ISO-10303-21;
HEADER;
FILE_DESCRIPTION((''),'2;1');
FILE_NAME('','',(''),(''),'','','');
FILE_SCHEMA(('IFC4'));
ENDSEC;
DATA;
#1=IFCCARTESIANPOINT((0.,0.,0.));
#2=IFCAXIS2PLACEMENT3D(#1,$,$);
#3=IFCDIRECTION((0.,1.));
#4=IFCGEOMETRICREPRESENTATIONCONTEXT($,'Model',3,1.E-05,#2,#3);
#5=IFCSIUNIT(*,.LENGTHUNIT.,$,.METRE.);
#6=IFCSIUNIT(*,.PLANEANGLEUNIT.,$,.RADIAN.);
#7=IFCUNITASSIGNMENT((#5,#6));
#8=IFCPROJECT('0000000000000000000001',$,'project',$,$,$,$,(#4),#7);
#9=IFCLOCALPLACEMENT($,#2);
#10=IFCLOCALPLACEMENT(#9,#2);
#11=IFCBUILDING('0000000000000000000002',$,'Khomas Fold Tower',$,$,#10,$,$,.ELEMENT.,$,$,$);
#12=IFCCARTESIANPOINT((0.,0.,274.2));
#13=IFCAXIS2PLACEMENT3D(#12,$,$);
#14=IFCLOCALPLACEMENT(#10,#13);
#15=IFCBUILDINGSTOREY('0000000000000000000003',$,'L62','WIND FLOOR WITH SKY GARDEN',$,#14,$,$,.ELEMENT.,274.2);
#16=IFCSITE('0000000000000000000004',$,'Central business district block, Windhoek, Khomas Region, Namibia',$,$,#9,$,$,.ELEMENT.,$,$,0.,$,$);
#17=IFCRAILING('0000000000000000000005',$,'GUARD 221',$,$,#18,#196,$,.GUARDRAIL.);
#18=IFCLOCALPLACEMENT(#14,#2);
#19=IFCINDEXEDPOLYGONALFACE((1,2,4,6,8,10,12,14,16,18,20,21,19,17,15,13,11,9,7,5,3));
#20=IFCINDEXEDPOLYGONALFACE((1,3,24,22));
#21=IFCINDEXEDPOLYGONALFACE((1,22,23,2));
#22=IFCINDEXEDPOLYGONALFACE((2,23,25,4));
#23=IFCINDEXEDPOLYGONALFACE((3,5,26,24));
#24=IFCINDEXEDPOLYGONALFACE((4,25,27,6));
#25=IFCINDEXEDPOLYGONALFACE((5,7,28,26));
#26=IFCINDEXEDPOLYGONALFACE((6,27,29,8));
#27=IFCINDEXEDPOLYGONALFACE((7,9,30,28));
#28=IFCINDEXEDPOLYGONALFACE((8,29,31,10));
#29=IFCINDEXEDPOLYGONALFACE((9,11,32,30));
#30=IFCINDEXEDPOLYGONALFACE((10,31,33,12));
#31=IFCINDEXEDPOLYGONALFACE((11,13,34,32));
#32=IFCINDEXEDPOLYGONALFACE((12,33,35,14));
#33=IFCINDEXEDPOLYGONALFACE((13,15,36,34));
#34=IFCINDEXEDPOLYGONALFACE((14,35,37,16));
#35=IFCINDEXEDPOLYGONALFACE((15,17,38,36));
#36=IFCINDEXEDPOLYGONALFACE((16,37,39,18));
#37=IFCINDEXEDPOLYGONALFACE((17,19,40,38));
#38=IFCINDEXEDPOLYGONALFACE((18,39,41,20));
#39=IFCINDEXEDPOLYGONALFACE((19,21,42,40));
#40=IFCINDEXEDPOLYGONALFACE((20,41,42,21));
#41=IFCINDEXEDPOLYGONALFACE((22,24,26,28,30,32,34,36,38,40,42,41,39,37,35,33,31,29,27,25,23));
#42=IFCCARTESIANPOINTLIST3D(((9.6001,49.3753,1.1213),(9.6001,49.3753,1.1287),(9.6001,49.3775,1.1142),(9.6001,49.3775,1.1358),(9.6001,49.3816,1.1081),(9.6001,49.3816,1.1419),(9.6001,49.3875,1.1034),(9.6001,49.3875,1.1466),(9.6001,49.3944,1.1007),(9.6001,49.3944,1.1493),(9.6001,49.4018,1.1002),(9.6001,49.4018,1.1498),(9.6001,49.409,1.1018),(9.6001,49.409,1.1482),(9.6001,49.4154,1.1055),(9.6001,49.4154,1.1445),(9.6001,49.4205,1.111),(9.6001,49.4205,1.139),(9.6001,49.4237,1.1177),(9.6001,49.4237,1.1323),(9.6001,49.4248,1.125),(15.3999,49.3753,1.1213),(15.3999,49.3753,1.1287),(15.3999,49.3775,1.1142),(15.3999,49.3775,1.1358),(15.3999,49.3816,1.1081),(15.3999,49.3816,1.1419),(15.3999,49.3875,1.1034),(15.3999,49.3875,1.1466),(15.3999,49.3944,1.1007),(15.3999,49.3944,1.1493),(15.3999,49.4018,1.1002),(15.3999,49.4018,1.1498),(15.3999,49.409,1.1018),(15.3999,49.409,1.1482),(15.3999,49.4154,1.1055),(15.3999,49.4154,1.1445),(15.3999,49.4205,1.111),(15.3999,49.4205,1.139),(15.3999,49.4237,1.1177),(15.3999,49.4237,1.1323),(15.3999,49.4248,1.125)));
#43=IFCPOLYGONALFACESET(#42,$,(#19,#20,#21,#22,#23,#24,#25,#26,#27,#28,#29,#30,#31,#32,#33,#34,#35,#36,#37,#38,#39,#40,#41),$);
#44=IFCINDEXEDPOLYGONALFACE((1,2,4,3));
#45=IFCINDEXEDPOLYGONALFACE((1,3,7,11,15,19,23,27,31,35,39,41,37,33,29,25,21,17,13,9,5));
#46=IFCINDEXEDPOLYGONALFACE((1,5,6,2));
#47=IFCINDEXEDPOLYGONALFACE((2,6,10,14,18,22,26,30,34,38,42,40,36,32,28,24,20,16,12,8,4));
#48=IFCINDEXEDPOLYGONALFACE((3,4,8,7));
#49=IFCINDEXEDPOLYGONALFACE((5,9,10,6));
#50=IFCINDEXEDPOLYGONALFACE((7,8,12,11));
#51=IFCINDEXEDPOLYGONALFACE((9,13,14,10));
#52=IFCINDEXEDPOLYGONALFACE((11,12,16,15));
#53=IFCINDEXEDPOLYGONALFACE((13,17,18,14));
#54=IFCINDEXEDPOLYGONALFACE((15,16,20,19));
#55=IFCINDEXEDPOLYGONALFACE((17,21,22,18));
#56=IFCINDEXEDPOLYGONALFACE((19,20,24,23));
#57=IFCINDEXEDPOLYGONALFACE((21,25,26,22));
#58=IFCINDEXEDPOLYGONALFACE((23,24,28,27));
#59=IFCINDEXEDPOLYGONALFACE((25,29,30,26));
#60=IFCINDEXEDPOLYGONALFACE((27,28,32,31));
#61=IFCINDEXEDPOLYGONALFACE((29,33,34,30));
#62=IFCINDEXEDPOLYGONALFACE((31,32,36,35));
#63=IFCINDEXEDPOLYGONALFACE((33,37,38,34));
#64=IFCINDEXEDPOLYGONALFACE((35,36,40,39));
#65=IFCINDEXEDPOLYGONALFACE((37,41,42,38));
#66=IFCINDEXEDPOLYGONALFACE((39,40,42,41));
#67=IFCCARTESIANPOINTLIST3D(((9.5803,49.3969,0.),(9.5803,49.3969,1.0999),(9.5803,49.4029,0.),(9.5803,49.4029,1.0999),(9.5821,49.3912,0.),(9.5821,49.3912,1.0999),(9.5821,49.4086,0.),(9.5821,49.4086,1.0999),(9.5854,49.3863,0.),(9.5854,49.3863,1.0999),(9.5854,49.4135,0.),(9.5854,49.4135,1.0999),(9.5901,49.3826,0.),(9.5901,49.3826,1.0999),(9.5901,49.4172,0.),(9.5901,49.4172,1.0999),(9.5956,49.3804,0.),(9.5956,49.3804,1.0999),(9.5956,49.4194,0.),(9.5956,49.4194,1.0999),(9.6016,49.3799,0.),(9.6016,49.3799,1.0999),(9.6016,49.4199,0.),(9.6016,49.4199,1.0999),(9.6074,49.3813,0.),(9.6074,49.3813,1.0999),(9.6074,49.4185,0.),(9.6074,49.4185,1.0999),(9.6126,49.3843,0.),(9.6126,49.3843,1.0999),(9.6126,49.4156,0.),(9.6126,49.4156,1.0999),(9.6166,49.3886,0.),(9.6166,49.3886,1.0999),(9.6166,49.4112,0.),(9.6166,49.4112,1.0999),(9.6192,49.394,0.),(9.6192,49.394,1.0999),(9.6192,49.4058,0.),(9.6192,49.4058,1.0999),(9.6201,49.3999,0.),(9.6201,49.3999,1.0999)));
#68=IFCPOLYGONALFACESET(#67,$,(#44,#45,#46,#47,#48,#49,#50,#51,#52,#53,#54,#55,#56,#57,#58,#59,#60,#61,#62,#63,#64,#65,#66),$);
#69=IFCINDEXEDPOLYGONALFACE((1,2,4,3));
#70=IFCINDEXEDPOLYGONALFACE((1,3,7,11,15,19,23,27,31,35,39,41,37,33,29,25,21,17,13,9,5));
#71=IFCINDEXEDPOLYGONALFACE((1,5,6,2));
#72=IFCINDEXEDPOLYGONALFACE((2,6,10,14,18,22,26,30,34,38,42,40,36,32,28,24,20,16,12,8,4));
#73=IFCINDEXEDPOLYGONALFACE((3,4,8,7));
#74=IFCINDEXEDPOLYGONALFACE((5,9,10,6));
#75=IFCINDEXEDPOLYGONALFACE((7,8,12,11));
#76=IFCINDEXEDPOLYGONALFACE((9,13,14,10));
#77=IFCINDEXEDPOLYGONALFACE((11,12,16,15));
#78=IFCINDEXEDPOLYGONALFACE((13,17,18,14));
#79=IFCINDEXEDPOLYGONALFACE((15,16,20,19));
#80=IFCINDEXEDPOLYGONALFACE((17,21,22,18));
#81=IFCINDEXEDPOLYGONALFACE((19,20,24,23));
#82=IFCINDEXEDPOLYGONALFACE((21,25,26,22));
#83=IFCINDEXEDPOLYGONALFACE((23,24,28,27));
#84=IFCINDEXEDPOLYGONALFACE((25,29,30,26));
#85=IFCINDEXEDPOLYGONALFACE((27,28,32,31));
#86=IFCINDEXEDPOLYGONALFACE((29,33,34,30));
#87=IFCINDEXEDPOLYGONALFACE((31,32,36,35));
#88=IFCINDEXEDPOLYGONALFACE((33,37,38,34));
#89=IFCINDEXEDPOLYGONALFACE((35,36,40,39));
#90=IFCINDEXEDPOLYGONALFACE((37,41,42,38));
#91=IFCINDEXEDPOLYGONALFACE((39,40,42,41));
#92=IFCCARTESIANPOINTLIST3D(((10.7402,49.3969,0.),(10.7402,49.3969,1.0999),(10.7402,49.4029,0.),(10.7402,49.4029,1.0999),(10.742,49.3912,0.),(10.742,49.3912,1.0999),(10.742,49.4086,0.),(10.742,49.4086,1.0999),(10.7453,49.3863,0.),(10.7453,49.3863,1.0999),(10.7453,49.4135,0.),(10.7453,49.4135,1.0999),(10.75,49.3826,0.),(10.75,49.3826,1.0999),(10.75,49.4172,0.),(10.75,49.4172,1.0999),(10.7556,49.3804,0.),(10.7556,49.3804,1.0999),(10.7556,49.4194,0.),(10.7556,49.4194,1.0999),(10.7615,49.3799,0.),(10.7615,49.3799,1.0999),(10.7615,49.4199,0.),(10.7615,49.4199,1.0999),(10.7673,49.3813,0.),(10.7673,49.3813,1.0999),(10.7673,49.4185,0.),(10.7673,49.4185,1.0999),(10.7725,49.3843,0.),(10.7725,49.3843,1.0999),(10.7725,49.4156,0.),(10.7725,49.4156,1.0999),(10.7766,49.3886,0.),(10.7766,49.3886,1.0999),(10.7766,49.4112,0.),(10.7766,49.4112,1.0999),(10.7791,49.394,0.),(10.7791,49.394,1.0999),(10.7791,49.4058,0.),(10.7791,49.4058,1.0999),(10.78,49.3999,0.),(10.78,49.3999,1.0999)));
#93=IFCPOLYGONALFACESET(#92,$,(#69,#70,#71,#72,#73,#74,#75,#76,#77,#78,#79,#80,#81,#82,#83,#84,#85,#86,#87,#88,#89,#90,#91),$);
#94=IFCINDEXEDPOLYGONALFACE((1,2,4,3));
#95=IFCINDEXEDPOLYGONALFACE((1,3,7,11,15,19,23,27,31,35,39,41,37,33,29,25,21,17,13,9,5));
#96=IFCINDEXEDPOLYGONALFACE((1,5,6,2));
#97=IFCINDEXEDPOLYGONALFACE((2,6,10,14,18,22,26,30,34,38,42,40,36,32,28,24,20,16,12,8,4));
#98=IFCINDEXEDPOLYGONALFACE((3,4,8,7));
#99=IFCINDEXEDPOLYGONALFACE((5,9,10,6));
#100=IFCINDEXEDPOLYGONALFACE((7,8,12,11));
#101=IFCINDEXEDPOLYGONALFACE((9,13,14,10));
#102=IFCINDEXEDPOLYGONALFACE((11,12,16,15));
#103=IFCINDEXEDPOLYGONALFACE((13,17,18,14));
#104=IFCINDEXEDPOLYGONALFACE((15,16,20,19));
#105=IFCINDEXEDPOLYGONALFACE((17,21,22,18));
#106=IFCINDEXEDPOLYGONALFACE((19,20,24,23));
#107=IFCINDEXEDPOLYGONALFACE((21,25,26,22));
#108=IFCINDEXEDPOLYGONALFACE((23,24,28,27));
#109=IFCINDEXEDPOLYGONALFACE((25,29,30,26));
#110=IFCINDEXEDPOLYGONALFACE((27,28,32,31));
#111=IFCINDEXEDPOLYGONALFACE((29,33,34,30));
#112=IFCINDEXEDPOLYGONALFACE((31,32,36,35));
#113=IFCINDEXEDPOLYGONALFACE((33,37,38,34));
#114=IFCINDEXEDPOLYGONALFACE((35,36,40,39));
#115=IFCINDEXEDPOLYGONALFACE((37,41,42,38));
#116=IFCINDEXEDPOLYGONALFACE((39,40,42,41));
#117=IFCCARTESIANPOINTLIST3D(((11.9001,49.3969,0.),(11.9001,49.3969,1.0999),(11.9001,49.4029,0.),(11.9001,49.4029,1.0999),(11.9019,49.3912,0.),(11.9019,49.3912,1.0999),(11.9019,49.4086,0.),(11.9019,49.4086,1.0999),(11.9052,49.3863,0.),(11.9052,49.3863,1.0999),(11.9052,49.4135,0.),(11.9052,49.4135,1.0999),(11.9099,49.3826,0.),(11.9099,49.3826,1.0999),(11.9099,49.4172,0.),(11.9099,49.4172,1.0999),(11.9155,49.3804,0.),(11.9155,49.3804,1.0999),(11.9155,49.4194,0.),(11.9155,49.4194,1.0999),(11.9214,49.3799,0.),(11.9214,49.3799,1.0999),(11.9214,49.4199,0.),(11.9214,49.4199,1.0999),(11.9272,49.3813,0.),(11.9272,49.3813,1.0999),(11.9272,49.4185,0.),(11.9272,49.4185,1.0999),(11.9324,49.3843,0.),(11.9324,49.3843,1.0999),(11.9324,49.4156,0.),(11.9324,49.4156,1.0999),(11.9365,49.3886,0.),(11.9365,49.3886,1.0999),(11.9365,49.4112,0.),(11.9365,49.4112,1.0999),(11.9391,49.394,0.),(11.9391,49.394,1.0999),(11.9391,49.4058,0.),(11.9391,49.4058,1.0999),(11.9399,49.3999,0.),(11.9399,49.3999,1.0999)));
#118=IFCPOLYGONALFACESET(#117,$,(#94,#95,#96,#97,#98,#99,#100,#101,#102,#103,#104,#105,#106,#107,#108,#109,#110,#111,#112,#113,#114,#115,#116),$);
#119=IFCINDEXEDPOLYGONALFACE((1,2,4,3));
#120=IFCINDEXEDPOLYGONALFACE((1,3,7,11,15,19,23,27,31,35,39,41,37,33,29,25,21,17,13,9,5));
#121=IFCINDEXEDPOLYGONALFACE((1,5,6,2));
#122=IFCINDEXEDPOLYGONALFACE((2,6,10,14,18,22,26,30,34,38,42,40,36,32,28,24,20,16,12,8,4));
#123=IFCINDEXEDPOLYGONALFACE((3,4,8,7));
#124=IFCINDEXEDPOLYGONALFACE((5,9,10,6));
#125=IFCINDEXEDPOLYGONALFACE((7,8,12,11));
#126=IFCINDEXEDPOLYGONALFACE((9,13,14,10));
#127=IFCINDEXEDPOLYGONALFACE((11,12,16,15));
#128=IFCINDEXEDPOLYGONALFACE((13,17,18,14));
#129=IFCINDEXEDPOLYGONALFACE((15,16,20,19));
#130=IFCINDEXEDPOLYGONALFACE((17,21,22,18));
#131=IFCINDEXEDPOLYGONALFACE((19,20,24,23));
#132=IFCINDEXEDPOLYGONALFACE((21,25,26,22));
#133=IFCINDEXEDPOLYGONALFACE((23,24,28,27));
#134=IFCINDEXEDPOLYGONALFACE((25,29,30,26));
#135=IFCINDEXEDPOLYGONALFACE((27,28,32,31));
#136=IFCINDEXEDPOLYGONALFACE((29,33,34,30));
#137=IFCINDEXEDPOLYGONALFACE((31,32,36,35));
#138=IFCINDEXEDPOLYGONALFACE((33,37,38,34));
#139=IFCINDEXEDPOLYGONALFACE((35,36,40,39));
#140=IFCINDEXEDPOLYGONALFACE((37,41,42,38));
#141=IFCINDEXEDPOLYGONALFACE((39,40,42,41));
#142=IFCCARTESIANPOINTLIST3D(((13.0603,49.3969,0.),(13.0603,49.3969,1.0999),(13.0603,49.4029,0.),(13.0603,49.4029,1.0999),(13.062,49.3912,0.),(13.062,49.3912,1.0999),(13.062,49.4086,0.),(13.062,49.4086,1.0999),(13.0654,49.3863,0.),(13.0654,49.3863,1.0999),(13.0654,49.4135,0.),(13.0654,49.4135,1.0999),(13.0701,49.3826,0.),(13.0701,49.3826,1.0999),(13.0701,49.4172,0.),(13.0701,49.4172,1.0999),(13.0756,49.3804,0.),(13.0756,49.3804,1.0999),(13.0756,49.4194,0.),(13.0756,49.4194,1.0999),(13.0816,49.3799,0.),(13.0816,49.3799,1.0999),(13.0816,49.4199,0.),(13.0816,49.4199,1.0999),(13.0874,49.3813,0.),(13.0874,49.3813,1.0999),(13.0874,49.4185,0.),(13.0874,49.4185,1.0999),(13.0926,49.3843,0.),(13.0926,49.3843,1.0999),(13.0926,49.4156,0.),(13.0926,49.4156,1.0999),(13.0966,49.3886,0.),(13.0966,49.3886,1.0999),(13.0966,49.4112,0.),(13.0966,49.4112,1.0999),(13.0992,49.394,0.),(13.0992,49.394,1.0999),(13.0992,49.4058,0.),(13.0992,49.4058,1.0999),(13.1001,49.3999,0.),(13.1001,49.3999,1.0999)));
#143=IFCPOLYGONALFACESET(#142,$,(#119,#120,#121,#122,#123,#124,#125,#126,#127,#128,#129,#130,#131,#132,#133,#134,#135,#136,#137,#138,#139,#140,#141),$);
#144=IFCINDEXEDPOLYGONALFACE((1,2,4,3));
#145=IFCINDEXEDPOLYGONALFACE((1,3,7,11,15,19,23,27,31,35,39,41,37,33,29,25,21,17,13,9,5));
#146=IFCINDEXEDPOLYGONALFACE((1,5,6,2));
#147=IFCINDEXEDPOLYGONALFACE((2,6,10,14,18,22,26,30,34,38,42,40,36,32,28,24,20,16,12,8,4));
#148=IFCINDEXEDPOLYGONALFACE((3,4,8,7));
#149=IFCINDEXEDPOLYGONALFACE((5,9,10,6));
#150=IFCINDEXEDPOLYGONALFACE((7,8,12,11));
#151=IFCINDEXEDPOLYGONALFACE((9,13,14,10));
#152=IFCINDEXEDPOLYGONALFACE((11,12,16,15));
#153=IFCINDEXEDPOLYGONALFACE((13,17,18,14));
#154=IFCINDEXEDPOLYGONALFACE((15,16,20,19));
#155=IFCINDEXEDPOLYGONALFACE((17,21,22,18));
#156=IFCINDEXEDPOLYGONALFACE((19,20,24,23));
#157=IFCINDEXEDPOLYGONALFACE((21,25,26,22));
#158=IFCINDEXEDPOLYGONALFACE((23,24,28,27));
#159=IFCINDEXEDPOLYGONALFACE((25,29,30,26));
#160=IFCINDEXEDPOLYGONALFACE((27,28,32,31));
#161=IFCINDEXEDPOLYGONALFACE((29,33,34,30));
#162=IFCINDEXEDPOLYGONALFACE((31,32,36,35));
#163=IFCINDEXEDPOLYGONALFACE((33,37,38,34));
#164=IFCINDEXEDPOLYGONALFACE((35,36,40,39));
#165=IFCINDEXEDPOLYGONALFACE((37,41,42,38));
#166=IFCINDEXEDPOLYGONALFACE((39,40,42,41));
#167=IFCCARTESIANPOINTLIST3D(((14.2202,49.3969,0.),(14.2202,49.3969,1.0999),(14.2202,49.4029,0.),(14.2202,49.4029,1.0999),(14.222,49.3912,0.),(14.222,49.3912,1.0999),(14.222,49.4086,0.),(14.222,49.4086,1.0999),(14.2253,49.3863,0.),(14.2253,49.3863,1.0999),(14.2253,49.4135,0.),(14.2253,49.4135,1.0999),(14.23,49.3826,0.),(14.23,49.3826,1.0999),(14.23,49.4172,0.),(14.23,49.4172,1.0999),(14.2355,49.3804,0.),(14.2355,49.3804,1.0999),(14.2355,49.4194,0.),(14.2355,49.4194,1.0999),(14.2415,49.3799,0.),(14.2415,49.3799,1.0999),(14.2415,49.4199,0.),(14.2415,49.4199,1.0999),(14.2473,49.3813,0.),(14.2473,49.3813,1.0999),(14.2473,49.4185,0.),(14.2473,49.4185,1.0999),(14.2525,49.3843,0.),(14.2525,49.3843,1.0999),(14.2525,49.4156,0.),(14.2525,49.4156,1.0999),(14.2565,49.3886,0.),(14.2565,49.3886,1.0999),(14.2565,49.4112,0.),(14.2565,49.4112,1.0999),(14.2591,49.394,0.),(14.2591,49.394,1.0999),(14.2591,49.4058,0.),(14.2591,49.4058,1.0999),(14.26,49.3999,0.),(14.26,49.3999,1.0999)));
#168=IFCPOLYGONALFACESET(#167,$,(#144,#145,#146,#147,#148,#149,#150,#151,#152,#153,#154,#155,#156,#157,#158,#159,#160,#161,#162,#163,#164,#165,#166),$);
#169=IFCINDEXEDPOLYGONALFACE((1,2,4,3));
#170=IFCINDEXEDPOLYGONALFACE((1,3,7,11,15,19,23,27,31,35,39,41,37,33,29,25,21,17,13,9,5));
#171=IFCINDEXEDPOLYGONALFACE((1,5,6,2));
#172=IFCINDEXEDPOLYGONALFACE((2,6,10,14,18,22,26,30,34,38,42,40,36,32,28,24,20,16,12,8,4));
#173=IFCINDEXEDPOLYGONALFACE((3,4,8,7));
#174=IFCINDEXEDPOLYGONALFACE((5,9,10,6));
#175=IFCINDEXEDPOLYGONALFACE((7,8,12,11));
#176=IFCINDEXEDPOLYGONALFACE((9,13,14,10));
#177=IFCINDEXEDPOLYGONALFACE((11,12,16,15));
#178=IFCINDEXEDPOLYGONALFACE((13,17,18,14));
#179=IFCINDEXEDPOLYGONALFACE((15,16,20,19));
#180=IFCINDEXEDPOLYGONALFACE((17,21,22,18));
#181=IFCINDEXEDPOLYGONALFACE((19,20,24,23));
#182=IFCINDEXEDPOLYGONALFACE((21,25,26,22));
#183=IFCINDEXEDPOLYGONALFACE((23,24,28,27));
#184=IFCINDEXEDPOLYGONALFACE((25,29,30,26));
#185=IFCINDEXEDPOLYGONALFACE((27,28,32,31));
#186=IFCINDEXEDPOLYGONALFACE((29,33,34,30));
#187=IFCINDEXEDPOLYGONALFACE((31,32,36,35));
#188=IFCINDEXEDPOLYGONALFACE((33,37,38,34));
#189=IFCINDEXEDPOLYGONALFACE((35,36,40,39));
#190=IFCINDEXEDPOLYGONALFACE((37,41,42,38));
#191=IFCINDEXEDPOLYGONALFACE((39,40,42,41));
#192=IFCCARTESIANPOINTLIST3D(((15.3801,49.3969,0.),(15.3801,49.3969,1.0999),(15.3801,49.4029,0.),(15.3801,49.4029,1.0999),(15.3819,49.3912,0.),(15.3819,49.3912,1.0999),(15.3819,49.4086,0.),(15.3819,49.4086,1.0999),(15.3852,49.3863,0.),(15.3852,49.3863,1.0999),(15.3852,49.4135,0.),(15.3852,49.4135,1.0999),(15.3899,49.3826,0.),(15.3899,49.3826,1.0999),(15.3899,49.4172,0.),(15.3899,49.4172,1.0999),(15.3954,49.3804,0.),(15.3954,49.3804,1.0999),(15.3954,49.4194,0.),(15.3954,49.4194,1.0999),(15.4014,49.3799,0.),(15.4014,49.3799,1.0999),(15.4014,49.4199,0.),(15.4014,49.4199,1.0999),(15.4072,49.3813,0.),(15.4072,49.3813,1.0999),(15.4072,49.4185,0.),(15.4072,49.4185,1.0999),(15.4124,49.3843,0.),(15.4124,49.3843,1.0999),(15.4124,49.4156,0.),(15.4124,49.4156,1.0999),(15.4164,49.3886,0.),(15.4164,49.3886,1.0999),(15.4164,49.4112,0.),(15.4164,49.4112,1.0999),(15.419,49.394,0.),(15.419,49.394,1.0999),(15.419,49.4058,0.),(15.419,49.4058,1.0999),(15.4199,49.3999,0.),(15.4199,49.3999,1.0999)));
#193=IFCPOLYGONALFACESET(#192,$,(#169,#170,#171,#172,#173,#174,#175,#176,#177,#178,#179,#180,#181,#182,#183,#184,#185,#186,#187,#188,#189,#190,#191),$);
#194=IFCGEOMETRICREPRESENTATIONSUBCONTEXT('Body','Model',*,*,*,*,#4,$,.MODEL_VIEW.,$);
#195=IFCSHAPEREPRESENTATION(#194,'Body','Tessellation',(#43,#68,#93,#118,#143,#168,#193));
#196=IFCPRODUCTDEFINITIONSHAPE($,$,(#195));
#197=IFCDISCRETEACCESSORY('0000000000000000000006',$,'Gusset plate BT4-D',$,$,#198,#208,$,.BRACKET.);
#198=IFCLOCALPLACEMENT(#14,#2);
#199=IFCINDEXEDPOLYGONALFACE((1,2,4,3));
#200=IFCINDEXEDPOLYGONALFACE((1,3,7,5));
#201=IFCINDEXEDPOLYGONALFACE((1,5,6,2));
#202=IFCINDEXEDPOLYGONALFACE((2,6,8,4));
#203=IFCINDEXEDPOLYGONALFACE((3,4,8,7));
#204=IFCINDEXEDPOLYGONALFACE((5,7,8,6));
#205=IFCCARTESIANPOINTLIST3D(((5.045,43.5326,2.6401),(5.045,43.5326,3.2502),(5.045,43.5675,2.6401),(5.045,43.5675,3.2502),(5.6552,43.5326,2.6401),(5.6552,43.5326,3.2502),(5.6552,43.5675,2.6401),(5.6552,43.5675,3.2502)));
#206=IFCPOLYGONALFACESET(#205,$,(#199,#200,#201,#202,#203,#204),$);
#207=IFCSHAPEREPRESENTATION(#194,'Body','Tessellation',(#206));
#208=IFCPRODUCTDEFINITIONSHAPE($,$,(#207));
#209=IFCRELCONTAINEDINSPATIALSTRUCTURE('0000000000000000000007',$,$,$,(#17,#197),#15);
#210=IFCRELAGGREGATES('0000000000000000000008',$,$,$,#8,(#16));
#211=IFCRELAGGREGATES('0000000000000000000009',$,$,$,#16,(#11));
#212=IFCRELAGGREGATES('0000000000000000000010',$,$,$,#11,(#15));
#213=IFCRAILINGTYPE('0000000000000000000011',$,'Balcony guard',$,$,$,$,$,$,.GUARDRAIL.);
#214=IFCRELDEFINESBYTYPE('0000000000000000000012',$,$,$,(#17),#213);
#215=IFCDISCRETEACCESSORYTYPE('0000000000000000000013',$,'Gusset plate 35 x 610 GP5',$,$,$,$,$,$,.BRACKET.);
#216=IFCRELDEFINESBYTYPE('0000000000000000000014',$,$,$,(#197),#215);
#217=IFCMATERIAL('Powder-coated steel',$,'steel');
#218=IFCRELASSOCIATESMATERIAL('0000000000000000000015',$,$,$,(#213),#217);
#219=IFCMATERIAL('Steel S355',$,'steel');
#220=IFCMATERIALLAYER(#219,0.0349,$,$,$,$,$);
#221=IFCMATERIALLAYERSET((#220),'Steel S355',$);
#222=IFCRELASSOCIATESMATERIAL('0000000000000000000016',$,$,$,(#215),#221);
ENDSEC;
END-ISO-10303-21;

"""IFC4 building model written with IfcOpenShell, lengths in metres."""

from ifc_helpers import new_model, si_unit, direction, frame, origin, origin_2d, place, context, subcontext, project, spatial, rectangle, circle, extrude, source, transform, mapped, material, layer, layer_set, type_object, element, save


model = new_model("IFC4")

# Units and contexts
model_context = context("Model", 3, precision=1e-05, world=origin(), true_north=direction((0.0, 1.0)))
body_context = subcontext(model_context, "Body", "Model", "MODEL_VIEW")
ifc_project = project(units=[si_unit("LENGTHUNIT", "METRE"), si_unit("PLANEANGLEUNIT", "RADIAN")], contexts=[model_context])

# Site, building, storey
site_placement = place(None, origin())
site = spatial("IfcSite", under=ifc_project, at=site_placement, Name="Central business district block, Windhoek, Khomas Region, Namibia", CompositionType="ELEMENT", RefElevation=0.0)
building_placement = place(site_placement, origin())
building = spatial("IfcBuilding", under=site, at=building_placement, Name="Khomas Fold Tower", CompositionType="ELEMENT")
storey_placement = place(building_placement, frame((0.0, 0.0, 274.2)))
storey = spatial("IfcBuildingStorey", under=building, at=storey_placement, Name="L62", Description="WIND FLOOR WITH SKY GARDEN", CompositionType="ELEMENT", Elevation=274.2)

# Railing
ifc_material_1 = material(Name="Powder-coated steel", Category="steel")
railing_type = type_object("IfcRailingType", Name="Balcony guard", PredefinedType="GUARDRAIL", material=ifc_material_1)
shared_shape_1 = source(origin(), body_context, "Body", "SweptSolid", [
    extrude(circle(Radius=0.0249, at=origin_2d()), frame((0.0, 0.0, 1.125), z_axis=(1.0, 0.0, 0.0), x_axis=(0.0, 1.0, 0.0)), (0.0, 0.0, 1.0), 5.7998),
    extrude(circle(Radius=0.02, at=origin_2d()), origin(), (0.0, 0.0, 1.0), 1.0999),
    extrude(circle(Radius=0.02, at=origin_2d()), frame((1.1599, 0.0, 0.0)), (0.0, 0.0, 1.0), 1.0999),
    extrude(circle(Radius=0.02, at=origin_2d()), frame((2.3198, 0.0, 0.0)), (0.0, 0.0, 1.0), 1.0999),
    extrude(circle(Radius=0.02, at=origin_2d()), frame((3.48, 0.0, 0.0)), (0.0, 0.0, 1.0), 1.0999),
    extrude(circle(Radius=0.02, at=origin_2d()), frame((4.6399, 0.0, 0.0)), (0.0, 0.0, 1.0), 1.0999),
    extrude(circle(Radius=0.02, at=origin_2d()), frame((5.7998, 0.0, 0.0)), (0.0, 0.0, 1.0), 1.0999),
])
railing_1_placement = place(storey_placement, frame((9.6001, 49.3999, 0.0)))
element("IfcRailing", 1, at=railing_1_placement, inside=storey, type_object=railing_type, Name="GUARD 221", PredefinedType="GUARDRAIL", context=body_context, shape_type="MappedRepresentation", body=[
    mapped(shared_shape_1, transform((0.0, 0.0, 0.0))),
])

# Discrete accessory
ifc_material_2 = material(Name="Steel S355", Category="steel")
ifc_layer_1 = layer(ifc_material_2, 0.0349)
ifc_layer_set_1 = layer_set([ifc_layer_1], Name="Steel S355")
discrete_accessory_type = type_object("IfcDiscreteAccessoryType", Name="Gusset plate 35 x 610 GP5", PredefinedType="BRACKET", material=ifc_layer_set_1)
shared_shape_2 = source(origin(), body_context, "Body", "SweptSolid", [
    extrude(rectangle(XDim=0.6101, YDim=0.0349, at=origin_2d()), origin(), (0.0, 0.0, 1.0), 0.6101),
])
for number, where, z_axis, x_axis, name in (
    (2, (5.3501, 43.55, 2.6401), (0.0, 0.0, 1.0), (1.0, 0.0, 0.0), "Gusset plate BT4-D"),
):
    element("IfcDiscreteAccessory", number, at=place(storey_placement, frame(where, z_axis=z_axis, x_axis=x_axis)), inside=storey, type_object=discrete_accessory_type, Name=name, PredefinedType="BRACKET", context=body_context, shape_type="MappedRepresentation", body=[
        mapped(shared_shape_2, transform((0.0, 0.0, 0.0))),
    ])

save(model, "model.ifc")
